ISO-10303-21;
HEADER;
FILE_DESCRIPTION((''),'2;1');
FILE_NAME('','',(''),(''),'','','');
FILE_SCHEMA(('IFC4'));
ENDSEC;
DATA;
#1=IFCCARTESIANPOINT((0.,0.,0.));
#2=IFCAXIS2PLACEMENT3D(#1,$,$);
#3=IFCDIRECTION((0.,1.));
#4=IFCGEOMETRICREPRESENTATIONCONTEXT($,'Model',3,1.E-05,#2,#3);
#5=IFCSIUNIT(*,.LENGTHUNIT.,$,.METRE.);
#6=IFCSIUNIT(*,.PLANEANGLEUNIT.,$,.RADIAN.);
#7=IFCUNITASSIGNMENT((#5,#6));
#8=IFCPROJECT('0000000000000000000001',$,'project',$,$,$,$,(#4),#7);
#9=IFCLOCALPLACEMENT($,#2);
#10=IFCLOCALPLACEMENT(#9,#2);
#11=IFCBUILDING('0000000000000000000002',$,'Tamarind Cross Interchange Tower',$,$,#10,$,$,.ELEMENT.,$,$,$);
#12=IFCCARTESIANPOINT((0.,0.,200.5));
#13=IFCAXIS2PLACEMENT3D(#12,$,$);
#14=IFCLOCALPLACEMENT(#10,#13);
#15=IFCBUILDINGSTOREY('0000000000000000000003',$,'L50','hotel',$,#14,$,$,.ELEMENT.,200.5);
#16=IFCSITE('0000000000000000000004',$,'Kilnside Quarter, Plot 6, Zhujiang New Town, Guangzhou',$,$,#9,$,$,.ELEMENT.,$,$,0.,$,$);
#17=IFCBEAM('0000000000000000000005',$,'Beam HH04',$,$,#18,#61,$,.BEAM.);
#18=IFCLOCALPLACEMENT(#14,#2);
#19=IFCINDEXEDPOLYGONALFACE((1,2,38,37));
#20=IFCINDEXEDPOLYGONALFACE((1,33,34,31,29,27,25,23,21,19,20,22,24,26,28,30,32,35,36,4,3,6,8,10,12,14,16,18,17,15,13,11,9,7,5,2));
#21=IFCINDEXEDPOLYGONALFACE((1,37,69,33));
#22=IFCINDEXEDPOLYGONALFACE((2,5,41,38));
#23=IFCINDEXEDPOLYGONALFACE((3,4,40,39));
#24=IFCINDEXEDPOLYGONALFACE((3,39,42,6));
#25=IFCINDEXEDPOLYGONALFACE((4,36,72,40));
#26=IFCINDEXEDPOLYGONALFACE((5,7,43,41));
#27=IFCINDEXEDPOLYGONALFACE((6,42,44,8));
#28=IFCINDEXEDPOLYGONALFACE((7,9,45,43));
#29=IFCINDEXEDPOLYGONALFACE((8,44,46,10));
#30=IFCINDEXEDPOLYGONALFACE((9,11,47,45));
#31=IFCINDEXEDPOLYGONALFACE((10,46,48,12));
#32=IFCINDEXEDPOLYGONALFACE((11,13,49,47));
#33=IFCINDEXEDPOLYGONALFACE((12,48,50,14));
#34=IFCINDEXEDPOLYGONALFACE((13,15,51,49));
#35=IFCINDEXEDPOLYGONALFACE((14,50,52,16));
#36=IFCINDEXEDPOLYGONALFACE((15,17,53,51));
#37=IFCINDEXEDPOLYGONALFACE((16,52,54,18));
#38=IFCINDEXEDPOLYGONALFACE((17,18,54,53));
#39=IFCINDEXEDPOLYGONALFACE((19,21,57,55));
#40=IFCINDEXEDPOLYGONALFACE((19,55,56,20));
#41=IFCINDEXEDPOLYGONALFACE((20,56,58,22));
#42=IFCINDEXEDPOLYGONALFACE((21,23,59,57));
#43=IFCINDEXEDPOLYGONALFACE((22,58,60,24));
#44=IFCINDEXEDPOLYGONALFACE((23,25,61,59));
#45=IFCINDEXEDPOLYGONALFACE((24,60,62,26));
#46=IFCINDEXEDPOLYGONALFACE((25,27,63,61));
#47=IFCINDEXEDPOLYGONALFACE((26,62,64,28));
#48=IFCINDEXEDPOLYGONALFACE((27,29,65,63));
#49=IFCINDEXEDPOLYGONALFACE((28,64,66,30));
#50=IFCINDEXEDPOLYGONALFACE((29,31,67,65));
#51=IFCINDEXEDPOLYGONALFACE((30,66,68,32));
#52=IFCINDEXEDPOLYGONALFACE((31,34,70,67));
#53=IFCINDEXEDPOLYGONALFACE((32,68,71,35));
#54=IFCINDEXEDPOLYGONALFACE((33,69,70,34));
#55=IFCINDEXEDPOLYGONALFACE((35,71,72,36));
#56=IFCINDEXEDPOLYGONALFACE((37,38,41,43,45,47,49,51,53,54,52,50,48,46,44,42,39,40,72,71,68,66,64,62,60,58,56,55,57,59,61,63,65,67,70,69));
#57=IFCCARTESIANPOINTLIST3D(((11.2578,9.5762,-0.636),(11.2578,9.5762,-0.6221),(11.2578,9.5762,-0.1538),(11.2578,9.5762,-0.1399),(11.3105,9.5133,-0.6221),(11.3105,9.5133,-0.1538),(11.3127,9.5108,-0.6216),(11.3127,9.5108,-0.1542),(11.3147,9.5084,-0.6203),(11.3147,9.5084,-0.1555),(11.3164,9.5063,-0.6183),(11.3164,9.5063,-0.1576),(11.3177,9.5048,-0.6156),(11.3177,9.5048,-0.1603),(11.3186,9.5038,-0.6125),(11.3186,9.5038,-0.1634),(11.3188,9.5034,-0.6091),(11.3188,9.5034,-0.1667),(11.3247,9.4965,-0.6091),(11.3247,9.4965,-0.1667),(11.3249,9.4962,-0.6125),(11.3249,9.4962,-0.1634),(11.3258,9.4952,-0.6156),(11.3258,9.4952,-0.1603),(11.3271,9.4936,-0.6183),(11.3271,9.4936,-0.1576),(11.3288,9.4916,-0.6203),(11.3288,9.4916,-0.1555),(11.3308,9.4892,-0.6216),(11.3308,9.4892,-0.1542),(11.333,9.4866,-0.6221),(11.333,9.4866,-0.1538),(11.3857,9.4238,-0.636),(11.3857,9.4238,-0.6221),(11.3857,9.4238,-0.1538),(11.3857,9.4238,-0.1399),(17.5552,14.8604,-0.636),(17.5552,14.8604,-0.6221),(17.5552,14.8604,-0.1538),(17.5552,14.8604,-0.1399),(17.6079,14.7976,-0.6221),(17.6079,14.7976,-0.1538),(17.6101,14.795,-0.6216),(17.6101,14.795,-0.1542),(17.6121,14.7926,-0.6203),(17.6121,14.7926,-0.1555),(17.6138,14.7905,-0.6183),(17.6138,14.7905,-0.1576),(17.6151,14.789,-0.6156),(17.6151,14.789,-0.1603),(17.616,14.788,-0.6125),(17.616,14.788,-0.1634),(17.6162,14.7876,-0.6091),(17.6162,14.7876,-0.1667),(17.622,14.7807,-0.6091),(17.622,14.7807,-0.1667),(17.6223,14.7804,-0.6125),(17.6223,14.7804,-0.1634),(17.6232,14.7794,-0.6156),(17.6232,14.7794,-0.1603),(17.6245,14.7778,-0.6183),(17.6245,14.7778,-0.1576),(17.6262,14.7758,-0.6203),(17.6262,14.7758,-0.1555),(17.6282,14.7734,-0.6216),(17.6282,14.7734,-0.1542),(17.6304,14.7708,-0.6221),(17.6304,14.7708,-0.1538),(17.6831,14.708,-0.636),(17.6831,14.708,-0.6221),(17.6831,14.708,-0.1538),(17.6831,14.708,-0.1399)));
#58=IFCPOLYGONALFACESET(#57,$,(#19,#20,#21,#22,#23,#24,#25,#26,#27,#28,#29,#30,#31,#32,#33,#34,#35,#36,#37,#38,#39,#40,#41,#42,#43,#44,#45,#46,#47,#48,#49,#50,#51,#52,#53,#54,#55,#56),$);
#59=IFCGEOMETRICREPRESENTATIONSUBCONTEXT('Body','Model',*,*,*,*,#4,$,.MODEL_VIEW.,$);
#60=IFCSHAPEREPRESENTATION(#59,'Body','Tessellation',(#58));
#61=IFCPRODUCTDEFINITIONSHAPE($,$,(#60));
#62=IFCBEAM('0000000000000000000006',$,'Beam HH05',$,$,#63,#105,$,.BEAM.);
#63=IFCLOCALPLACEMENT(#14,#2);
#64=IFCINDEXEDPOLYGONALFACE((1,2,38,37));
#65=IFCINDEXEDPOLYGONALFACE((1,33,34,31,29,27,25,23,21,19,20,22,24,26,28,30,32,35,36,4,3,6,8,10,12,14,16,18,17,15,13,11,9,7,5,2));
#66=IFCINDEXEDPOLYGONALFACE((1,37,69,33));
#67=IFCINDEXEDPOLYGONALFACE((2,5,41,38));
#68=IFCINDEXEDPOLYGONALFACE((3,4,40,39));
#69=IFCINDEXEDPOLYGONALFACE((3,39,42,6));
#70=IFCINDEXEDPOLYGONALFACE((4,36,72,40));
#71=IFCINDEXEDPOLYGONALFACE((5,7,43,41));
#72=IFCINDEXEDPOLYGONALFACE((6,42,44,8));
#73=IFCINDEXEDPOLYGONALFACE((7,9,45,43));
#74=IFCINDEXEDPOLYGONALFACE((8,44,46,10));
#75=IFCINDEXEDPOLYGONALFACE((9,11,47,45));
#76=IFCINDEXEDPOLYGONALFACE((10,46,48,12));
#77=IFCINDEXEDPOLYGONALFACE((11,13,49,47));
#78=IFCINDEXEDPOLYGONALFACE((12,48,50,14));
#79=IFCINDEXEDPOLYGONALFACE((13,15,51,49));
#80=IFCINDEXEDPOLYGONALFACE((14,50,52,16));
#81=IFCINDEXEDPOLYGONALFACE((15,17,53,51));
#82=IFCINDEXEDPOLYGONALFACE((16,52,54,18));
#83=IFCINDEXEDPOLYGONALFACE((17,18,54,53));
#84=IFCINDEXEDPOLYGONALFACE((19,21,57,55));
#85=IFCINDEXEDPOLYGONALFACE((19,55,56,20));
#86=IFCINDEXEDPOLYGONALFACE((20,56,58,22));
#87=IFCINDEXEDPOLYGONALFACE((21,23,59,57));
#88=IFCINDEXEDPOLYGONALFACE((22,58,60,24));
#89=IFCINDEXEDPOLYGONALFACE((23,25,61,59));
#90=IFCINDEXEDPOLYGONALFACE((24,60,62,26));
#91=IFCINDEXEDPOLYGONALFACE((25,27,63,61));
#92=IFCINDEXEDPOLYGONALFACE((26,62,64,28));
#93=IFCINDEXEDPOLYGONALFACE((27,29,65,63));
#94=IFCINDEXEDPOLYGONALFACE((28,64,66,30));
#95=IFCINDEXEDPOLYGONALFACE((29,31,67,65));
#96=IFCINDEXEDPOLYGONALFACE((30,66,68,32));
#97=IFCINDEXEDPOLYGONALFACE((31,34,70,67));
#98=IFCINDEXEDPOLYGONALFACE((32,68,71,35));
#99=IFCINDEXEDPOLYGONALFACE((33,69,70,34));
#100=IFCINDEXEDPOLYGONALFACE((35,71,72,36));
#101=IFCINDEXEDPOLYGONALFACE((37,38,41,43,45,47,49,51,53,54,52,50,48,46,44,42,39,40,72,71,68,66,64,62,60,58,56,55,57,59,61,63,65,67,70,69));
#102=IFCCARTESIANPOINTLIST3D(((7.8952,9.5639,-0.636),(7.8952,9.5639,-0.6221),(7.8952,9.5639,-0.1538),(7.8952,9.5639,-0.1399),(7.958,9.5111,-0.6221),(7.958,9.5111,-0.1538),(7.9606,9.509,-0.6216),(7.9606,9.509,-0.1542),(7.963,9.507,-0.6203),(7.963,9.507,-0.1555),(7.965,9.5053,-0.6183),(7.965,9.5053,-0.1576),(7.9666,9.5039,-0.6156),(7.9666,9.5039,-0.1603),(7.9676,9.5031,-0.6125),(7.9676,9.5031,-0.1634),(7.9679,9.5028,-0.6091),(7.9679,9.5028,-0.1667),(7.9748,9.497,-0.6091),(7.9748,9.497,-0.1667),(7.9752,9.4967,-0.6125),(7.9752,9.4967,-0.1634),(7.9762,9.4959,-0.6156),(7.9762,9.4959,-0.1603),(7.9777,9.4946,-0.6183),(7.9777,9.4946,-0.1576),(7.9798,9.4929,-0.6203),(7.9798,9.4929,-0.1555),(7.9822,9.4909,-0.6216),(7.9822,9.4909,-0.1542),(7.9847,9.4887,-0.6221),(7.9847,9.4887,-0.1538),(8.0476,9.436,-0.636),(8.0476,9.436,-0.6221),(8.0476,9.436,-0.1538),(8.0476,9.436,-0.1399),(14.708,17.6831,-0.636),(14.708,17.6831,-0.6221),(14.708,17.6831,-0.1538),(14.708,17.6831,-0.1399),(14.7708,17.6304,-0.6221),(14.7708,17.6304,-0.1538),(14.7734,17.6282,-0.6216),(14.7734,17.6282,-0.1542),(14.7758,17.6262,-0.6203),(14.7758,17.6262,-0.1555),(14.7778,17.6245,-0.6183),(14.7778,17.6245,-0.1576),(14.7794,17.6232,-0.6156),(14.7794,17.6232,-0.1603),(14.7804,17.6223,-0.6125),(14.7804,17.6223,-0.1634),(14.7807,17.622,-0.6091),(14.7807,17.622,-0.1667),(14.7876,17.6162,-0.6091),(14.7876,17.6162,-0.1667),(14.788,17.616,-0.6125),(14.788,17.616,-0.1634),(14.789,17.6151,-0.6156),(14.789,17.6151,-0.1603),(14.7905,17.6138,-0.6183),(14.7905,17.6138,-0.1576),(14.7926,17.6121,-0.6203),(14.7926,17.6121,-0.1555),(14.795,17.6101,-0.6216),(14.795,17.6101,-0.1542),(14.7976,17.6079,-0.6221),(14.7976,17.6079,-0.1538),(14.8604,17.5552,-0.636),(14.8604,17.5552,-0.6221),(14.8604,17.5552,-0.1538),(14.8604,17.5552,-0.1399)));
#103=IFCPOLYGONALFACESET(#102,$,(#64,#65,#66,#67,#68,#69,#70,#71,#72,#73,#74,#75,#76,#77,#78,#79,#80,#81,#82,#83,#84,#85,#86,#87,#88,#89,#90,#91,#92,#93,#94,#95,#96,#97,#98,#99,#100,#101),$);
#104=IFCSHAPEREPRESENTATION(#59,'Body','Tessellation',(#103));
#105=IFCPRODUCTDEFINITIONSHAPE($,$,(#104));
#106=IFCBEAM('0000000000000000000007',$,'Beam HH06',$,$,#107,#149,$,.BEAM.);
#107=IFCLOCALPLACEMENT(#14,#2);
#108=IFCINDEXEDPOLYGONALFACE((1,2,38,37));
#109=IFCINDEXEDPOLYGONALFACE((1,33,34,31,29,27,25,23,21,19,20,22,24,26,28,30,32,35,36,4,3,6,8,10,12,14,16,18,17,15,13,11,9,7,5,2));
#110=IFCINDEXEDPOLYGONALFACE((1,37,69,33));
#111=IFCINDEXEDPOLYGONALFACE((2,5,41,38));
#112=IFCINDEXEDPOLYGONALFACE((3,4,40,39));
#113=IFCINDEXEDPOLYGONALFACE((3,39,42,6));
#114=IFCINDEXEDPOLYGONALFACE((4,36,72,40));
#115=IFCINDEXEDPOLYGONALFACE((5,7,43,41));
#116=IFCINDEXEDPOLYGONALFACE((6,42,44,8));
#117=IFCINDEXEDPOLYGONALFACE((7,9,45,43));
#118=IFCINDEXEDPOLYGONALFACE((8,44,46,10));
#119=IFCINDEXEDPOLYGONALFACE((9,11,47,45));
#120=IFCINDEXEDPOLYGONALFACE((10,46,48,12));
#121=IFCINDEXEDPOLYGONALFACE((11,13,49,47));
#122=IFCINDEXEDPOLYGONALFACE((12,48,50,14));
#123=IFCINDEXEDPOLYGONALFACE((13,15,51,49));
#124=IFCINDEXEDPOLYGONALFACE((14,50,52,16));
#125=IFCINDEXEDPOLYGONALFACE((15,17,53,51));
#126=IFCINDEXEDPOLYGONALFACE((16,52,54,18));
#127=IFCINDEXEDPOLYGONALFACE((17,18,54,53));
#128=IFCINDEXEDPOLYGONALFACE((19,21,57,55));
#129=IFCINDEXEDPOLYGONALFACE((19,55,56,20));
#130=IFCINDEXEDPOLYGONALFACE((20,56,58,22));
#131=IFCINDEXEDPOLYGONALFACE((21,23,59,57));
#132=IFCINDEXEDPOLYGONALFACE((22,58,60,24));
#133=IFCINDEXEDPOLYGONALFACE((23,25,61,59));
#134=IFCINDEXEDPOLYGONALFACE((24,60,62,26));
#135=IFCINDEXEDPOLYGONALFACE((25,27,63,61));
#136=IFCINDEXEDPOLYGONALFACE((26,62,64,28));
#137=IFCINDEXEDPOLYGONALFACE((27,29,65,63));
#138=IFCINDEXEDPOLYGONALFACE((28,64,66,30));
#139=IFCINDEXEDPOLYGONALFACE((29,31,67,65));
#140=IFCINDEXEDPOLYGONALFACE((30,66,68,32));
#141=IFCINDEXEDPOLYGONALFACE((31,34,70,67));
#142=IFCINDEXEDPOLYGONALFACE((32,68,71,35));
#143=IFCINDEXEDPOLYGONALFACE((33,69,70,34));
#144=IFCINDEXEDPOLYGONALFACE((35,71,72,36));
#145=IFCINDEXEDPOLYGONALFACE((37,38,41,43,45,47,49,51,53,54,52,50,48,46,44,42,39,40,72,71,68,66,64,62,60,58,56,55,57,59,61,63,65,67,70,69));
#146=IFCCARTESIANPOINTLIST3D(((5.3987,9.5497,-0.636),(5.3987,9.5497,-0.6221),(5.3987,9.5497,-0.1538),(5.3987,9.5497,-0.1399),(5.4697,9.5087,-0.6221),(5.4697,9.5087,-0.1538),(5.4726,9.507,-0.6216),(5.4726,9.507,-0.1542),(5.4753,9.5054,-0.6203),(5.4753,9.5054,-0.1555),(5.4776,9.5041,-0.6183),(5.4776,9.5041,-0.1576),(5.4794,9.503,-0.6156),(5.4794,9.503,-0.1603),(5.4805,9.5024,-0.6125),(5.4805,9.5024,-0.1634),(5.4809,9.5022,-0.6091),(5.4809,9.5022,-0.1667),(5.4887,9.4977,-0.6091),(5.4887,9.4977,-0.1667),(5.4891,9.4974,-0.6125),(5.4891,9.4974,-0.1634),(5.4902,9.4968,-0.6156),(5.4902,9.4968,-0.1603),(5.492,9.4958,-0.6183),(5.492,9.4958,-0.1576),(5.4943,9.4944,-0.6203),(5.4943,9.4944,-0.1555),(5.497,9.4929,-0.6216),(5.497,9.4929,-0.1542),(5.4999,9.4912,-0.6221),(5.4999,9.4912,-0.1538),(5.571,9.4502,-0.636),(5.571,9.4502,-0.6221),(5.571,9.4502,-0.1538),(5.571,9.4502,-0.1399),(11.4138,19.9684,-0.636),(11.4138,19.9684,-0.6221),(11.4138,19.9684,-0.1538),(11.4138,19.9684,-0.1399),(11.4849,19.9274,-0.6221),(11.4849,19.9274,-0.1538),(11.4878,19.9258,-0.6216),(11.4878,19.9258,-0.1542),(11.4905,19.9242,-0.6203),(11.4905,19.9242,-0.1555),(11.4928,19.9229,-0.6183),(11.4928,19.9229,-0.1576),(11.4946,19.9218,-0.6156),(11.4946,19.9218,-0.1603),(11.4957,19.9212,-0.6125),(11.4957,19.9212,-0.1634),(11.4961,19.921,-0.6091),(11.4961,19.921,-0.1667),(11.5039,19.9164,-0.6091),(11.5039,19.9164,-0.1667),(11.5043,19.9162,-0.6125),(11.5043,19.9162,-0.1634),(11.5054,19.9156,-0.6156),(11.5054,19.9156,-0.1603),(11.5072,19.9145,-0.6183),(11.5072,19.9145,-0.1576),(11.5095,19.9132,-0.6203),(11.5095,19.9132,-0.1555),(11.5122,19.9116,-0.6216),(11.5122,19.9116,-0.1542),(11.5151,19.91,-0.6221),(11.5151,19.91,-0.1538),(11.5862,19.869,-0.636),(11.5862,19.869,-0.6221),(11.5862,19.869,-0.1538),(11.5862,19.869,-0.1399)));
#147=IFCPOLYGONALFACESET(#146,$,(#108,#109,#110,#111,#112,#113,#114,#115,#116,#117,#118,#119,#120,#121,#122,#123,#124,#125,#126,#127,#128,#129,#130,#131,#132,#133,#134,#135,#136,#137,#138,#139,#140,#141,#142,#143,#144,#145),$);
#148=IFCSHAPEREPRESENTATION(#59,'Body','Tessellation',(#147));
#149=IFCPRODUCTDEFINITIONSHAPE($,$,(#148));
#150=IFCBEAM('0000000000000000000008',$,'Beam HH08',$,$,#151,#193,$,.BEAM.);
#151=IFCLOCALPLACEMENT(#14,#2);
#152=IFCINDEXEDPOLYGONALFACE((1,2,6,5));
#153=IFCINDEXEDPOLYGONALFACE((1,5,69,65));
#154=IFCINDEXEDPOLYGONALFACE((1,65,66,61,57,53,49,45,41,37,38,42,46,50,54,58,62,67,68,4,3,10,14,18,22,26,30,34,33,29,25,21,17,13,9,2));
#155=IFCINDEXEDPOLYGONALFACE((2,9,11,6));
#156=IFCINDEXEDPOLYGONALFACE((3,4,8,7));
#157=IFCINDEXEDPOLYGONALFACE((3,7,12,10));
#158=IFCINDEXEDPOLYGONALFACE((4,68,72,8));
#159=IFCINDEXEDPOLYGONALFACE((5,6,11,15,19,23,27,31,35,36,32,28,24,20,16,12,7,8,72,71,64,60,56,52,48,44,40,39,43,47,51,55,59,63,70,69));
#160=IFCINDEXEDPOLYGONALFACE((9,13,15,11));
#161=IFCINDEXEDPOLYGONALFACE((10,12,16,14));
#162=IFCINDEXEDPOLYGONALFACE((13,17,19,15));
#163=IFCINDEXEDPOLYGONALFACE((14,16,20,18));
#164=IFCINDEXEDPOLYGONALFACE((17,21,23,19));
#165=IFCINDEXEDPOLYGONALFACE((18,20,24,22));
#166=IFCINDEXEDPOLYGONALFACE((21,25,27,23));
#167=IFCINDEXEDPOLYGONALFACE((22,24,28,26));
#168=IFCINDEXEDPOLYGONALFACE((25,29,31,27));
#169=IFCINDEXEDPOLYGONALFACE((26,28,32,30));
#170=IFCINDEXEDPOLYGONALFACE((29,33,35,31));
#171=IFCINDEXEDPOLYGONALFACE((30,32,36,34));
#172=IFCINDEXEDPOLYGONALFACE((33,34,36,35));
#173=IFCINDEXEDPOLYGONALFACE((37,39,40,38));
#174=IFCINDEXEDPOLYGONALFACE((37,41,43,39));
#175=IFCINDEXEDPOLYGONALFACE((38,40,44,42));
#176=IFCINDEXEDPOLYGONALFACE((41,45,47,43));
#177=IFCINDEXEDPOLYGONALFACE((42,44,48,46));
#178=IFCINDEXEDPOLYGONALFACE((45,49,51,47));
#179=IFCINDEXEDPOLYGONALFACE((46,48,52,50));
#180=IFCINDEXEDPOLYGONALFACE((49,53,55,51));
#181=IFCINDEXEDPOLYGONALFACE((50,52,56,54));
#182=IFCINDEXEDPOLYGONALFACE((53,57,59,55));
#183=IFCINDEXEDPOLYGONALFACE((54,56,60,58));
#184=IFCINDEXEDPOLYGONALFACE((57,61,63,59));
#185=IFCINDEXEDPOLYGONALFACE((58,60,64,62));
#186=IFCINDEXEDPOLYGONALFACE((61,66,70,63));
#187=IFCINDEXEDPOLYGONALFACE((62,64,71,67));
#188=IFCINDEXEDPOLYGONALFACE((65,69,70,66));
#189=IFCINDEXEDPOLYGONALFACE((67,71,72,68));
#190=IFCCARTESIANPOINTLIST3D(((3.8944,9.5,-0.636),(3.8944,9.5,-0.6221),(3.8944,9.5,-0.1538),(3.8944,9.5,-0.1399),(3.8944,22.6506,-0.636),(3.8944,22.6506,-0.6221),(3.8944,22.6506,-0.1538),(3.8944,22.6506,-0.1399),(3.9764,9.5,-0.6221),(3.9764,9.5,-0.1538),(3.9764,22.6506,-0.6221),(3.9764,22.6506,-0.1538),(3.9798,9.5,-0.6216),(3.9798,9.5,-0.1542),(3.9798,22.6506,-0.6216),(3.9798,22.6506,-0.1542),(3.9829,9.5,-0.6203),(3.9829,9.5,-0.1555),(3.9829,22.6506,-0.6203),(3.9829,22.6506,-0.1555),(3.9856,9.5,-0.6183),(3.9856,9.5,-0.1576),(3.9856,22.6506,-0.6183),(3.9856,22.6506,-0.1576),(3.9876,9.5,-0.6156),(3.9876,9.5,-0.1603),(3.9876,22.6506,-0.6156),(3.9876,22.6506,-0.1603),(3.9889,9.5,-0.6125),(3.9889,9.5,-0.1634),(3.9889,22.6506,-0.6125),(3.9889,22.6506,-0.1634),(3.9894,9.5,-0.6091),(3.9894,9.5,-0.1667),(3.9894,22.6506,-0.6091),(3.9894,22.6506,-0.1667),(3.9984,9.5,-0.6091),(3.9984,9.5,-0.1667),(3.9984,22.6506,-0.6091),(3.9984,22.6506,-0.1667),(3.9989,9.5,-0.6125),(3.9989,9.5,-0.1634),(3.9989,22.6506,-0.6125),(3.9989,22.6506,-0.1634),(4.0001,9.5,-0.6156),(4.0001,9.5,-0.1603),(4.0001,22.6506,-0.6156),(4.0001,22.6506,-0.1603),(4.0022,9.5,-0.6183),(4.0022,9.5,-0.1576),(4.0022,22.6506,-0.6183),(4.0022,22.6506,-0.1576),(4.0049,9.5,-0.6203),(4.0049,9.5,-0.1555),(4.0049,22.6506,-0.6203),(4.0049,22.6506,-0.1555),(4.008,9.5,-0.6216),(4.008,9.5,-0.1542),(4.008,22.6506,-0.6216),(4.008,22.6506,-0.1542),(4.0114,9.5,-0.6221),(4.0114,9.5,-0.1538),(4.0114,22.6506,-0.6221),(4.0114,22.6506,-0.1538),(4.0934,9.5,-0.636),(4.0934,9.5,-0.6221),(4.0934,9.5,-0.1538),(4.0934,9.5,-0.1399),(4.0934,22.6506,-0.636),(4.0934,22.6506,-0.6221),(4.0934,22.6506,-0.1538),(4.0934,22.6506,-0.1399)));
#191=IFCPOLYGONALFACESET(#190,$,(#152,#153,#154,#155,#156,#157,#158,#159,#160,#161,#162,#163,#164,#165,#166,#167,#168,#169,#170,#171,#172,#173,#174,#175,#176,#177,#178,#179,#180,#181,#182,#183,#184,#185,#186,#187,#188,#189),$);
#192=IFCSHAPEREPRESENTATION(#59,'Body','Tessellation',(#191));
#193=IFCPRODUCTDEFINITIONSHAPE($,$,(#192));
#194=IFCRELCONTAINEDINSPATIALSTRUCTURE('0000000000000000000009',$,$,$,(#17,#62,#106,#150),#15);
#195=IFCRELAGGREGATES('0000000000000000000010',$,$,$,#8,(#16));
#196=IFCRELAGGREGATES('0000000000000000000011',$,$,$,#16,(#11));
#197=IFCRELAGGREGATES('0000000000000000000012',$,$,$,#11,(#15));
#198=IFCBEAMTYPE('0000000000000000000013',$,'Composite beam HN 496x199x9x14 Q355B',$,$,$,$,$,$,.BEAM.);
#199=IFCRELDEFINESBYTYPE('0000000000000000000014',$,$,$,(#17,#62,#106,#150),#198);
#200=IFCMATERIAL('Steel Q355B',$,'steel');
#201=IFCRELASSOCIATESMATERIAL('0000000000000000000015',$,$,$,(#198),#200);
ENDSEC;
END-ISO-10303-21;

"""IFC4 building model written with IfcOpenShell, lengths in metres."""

from ifc_helpers import new_model, si_unit, direction, frame, origin, origin_2d, place, context, subcontext, project, spatial, i_section, extrude, material, material_profile, profile_set, type_object, element, save


model = new_model("IFC4")

# Units and contexts
model_context = context("Model", 3, precision=1e-05, world=origin(), true_north=direction((0.0, 1.0)))
body_context = subcontext(model_context, "Body", "Model", "MODEL_VIEW")
ifc_project = project(units=[si_unit("LENGTHUNIT", "METRE"), si_unit("PLANEANGLEUNIT", "RADIAN")], contexts=[model_context])

# Site, building, storey
site_placement = place(None, origin())
site = spatial("IfcSite", under=ifc_project, at=site_placement, Name="Kilnside Quarter, Plot 6, Zhujiang New Town, Guangzhou", CompositionType="ELEMENT", RefElevation=0.0)
building_placement = place(site_placement, origin())
building = spatial("IfcBuilding", under=site, at=building_placement, Name="Tamarind Cross Interchange Tower", CompositionType="ELEMENT")
storey_placement = place(building_placement, frame((0.0, 0.0, 200.5)))
storey = spatial("IfcBuildingStorey", under=building, at=storey_placement, Name="L50", Description="hotel", CompositionType="ELEMENT", Elevation=200.5)

# Beams
ifc_material_1 = material(Name="Steel Q355B", Category="steel")
ifc_material_profile_1 = material_profile(ifc_material_1, i_section(OverallWidth=0.199, OverallDepth=0.4961, WebThickness=0.009, FlangeThickness=0.0139, FilletRadius=0.0129, at=origin_2d()), Name="HN 496x199x9x14")
ifc_profile_set_1 = profile_set([ifc_material_profile_1], Name="Steel Q355B")
beam_type = type_object("IfcBeamType", Name="Composite beam HN 496x199x9x14 Q355B", PredefinedType="BEAM", material=ifc_profile_set_1)
beam_1_placement = place(storey_placement, frame((17.6191, 14.7842, -0.3879), z_axis=(-0.766041, -0.642792, 0.0), x_axis=(0.642792, -0.766041, 0.0)))
element("IfcBeam", 1, at=beam_1_placement, inside=storey, type_object=beam_type, Name="Beam HH04", PredefinedType="BEAM", context=body_context, shape_type="SweptSolid", body=[
    extrude(i_section(OverallWidth=0.199, OverallDepth=0.4961, WebThickness=0.009, FlangeThickness=0.0139, FilletRadius=0.0129, at=origin_2d()), origin(), (0.0, 0.0, 1.0), 8.2207),
])
beam_2_placement = place(storey_placement, frame((14.7842, 17.6191, -0.3879), z_axis=(-0.642786, -0.766046, 0.0), x_axis=(0.766046, -0.642786, 0.0)))
element("IfcBeam", 2, at=beam_2_placement, inside=storey, type_object=beam_type, Name="Beam HH05", PredefinedType="BEAM", context=body_context, shape_type="SweptSolid", body=[
    extrude(i_section(OverallWidth=0.199, OverallDepth=0.4961, WebThickness=0.009, FlangeThickness=0.0139, FilletRadius=0.0129, at=origin_2d()), origin(), (0.0, 0.0, 1.0), 10.5989),
])
beam_3_placement = place(storey_placement, frame((11.5, 19.9187, -0.3879), z_axis=(-0.499994, -0.866029, 0.0), x_axis=(0.866029, -0.499994, 0.0)))
element("IfcBeam", 3, at=beam_3_placement, inside=storey, type_object=beam_type, Name="Beam HH06", PredefinedType="BEAM", context=body_context, shape_type="SweptSolid", body=[
    extrude(i_section(OverallWidth=0.199, OverallDepth=0.4961, WebThickness=0.009, FlangeThickness=0.0139, FilletRadius=0.0129, at=origin_2d()), origin(), (0.0, 0.0, 1.0), 12.0305),
])
beam_4_placement = place(storey_placement, frame((3.9939, 22.6506, -0.3879), z_axis=(0.0, -1.0, 0.0), x_axis=(1.0, 0.0, 0.0)))
element("IfcBeam", 4, at=beam_4_placement, inside=storey, type_object=beam_type, Name="Beam HH08", PredefinedType="BEAM", context=body_context, shape_type="SweptSolid", body=[
    extrude(i_section(OverallWidth=0.199, OverallDepth=0.4961, WebThickness=0.009, FlangeThickness=0.0139, FilletRadius=0.0129, at=origin_2d()), origin(), (0.0, 0.0, 1.0), 13.1506),
])

save(model, "model.ifc")
